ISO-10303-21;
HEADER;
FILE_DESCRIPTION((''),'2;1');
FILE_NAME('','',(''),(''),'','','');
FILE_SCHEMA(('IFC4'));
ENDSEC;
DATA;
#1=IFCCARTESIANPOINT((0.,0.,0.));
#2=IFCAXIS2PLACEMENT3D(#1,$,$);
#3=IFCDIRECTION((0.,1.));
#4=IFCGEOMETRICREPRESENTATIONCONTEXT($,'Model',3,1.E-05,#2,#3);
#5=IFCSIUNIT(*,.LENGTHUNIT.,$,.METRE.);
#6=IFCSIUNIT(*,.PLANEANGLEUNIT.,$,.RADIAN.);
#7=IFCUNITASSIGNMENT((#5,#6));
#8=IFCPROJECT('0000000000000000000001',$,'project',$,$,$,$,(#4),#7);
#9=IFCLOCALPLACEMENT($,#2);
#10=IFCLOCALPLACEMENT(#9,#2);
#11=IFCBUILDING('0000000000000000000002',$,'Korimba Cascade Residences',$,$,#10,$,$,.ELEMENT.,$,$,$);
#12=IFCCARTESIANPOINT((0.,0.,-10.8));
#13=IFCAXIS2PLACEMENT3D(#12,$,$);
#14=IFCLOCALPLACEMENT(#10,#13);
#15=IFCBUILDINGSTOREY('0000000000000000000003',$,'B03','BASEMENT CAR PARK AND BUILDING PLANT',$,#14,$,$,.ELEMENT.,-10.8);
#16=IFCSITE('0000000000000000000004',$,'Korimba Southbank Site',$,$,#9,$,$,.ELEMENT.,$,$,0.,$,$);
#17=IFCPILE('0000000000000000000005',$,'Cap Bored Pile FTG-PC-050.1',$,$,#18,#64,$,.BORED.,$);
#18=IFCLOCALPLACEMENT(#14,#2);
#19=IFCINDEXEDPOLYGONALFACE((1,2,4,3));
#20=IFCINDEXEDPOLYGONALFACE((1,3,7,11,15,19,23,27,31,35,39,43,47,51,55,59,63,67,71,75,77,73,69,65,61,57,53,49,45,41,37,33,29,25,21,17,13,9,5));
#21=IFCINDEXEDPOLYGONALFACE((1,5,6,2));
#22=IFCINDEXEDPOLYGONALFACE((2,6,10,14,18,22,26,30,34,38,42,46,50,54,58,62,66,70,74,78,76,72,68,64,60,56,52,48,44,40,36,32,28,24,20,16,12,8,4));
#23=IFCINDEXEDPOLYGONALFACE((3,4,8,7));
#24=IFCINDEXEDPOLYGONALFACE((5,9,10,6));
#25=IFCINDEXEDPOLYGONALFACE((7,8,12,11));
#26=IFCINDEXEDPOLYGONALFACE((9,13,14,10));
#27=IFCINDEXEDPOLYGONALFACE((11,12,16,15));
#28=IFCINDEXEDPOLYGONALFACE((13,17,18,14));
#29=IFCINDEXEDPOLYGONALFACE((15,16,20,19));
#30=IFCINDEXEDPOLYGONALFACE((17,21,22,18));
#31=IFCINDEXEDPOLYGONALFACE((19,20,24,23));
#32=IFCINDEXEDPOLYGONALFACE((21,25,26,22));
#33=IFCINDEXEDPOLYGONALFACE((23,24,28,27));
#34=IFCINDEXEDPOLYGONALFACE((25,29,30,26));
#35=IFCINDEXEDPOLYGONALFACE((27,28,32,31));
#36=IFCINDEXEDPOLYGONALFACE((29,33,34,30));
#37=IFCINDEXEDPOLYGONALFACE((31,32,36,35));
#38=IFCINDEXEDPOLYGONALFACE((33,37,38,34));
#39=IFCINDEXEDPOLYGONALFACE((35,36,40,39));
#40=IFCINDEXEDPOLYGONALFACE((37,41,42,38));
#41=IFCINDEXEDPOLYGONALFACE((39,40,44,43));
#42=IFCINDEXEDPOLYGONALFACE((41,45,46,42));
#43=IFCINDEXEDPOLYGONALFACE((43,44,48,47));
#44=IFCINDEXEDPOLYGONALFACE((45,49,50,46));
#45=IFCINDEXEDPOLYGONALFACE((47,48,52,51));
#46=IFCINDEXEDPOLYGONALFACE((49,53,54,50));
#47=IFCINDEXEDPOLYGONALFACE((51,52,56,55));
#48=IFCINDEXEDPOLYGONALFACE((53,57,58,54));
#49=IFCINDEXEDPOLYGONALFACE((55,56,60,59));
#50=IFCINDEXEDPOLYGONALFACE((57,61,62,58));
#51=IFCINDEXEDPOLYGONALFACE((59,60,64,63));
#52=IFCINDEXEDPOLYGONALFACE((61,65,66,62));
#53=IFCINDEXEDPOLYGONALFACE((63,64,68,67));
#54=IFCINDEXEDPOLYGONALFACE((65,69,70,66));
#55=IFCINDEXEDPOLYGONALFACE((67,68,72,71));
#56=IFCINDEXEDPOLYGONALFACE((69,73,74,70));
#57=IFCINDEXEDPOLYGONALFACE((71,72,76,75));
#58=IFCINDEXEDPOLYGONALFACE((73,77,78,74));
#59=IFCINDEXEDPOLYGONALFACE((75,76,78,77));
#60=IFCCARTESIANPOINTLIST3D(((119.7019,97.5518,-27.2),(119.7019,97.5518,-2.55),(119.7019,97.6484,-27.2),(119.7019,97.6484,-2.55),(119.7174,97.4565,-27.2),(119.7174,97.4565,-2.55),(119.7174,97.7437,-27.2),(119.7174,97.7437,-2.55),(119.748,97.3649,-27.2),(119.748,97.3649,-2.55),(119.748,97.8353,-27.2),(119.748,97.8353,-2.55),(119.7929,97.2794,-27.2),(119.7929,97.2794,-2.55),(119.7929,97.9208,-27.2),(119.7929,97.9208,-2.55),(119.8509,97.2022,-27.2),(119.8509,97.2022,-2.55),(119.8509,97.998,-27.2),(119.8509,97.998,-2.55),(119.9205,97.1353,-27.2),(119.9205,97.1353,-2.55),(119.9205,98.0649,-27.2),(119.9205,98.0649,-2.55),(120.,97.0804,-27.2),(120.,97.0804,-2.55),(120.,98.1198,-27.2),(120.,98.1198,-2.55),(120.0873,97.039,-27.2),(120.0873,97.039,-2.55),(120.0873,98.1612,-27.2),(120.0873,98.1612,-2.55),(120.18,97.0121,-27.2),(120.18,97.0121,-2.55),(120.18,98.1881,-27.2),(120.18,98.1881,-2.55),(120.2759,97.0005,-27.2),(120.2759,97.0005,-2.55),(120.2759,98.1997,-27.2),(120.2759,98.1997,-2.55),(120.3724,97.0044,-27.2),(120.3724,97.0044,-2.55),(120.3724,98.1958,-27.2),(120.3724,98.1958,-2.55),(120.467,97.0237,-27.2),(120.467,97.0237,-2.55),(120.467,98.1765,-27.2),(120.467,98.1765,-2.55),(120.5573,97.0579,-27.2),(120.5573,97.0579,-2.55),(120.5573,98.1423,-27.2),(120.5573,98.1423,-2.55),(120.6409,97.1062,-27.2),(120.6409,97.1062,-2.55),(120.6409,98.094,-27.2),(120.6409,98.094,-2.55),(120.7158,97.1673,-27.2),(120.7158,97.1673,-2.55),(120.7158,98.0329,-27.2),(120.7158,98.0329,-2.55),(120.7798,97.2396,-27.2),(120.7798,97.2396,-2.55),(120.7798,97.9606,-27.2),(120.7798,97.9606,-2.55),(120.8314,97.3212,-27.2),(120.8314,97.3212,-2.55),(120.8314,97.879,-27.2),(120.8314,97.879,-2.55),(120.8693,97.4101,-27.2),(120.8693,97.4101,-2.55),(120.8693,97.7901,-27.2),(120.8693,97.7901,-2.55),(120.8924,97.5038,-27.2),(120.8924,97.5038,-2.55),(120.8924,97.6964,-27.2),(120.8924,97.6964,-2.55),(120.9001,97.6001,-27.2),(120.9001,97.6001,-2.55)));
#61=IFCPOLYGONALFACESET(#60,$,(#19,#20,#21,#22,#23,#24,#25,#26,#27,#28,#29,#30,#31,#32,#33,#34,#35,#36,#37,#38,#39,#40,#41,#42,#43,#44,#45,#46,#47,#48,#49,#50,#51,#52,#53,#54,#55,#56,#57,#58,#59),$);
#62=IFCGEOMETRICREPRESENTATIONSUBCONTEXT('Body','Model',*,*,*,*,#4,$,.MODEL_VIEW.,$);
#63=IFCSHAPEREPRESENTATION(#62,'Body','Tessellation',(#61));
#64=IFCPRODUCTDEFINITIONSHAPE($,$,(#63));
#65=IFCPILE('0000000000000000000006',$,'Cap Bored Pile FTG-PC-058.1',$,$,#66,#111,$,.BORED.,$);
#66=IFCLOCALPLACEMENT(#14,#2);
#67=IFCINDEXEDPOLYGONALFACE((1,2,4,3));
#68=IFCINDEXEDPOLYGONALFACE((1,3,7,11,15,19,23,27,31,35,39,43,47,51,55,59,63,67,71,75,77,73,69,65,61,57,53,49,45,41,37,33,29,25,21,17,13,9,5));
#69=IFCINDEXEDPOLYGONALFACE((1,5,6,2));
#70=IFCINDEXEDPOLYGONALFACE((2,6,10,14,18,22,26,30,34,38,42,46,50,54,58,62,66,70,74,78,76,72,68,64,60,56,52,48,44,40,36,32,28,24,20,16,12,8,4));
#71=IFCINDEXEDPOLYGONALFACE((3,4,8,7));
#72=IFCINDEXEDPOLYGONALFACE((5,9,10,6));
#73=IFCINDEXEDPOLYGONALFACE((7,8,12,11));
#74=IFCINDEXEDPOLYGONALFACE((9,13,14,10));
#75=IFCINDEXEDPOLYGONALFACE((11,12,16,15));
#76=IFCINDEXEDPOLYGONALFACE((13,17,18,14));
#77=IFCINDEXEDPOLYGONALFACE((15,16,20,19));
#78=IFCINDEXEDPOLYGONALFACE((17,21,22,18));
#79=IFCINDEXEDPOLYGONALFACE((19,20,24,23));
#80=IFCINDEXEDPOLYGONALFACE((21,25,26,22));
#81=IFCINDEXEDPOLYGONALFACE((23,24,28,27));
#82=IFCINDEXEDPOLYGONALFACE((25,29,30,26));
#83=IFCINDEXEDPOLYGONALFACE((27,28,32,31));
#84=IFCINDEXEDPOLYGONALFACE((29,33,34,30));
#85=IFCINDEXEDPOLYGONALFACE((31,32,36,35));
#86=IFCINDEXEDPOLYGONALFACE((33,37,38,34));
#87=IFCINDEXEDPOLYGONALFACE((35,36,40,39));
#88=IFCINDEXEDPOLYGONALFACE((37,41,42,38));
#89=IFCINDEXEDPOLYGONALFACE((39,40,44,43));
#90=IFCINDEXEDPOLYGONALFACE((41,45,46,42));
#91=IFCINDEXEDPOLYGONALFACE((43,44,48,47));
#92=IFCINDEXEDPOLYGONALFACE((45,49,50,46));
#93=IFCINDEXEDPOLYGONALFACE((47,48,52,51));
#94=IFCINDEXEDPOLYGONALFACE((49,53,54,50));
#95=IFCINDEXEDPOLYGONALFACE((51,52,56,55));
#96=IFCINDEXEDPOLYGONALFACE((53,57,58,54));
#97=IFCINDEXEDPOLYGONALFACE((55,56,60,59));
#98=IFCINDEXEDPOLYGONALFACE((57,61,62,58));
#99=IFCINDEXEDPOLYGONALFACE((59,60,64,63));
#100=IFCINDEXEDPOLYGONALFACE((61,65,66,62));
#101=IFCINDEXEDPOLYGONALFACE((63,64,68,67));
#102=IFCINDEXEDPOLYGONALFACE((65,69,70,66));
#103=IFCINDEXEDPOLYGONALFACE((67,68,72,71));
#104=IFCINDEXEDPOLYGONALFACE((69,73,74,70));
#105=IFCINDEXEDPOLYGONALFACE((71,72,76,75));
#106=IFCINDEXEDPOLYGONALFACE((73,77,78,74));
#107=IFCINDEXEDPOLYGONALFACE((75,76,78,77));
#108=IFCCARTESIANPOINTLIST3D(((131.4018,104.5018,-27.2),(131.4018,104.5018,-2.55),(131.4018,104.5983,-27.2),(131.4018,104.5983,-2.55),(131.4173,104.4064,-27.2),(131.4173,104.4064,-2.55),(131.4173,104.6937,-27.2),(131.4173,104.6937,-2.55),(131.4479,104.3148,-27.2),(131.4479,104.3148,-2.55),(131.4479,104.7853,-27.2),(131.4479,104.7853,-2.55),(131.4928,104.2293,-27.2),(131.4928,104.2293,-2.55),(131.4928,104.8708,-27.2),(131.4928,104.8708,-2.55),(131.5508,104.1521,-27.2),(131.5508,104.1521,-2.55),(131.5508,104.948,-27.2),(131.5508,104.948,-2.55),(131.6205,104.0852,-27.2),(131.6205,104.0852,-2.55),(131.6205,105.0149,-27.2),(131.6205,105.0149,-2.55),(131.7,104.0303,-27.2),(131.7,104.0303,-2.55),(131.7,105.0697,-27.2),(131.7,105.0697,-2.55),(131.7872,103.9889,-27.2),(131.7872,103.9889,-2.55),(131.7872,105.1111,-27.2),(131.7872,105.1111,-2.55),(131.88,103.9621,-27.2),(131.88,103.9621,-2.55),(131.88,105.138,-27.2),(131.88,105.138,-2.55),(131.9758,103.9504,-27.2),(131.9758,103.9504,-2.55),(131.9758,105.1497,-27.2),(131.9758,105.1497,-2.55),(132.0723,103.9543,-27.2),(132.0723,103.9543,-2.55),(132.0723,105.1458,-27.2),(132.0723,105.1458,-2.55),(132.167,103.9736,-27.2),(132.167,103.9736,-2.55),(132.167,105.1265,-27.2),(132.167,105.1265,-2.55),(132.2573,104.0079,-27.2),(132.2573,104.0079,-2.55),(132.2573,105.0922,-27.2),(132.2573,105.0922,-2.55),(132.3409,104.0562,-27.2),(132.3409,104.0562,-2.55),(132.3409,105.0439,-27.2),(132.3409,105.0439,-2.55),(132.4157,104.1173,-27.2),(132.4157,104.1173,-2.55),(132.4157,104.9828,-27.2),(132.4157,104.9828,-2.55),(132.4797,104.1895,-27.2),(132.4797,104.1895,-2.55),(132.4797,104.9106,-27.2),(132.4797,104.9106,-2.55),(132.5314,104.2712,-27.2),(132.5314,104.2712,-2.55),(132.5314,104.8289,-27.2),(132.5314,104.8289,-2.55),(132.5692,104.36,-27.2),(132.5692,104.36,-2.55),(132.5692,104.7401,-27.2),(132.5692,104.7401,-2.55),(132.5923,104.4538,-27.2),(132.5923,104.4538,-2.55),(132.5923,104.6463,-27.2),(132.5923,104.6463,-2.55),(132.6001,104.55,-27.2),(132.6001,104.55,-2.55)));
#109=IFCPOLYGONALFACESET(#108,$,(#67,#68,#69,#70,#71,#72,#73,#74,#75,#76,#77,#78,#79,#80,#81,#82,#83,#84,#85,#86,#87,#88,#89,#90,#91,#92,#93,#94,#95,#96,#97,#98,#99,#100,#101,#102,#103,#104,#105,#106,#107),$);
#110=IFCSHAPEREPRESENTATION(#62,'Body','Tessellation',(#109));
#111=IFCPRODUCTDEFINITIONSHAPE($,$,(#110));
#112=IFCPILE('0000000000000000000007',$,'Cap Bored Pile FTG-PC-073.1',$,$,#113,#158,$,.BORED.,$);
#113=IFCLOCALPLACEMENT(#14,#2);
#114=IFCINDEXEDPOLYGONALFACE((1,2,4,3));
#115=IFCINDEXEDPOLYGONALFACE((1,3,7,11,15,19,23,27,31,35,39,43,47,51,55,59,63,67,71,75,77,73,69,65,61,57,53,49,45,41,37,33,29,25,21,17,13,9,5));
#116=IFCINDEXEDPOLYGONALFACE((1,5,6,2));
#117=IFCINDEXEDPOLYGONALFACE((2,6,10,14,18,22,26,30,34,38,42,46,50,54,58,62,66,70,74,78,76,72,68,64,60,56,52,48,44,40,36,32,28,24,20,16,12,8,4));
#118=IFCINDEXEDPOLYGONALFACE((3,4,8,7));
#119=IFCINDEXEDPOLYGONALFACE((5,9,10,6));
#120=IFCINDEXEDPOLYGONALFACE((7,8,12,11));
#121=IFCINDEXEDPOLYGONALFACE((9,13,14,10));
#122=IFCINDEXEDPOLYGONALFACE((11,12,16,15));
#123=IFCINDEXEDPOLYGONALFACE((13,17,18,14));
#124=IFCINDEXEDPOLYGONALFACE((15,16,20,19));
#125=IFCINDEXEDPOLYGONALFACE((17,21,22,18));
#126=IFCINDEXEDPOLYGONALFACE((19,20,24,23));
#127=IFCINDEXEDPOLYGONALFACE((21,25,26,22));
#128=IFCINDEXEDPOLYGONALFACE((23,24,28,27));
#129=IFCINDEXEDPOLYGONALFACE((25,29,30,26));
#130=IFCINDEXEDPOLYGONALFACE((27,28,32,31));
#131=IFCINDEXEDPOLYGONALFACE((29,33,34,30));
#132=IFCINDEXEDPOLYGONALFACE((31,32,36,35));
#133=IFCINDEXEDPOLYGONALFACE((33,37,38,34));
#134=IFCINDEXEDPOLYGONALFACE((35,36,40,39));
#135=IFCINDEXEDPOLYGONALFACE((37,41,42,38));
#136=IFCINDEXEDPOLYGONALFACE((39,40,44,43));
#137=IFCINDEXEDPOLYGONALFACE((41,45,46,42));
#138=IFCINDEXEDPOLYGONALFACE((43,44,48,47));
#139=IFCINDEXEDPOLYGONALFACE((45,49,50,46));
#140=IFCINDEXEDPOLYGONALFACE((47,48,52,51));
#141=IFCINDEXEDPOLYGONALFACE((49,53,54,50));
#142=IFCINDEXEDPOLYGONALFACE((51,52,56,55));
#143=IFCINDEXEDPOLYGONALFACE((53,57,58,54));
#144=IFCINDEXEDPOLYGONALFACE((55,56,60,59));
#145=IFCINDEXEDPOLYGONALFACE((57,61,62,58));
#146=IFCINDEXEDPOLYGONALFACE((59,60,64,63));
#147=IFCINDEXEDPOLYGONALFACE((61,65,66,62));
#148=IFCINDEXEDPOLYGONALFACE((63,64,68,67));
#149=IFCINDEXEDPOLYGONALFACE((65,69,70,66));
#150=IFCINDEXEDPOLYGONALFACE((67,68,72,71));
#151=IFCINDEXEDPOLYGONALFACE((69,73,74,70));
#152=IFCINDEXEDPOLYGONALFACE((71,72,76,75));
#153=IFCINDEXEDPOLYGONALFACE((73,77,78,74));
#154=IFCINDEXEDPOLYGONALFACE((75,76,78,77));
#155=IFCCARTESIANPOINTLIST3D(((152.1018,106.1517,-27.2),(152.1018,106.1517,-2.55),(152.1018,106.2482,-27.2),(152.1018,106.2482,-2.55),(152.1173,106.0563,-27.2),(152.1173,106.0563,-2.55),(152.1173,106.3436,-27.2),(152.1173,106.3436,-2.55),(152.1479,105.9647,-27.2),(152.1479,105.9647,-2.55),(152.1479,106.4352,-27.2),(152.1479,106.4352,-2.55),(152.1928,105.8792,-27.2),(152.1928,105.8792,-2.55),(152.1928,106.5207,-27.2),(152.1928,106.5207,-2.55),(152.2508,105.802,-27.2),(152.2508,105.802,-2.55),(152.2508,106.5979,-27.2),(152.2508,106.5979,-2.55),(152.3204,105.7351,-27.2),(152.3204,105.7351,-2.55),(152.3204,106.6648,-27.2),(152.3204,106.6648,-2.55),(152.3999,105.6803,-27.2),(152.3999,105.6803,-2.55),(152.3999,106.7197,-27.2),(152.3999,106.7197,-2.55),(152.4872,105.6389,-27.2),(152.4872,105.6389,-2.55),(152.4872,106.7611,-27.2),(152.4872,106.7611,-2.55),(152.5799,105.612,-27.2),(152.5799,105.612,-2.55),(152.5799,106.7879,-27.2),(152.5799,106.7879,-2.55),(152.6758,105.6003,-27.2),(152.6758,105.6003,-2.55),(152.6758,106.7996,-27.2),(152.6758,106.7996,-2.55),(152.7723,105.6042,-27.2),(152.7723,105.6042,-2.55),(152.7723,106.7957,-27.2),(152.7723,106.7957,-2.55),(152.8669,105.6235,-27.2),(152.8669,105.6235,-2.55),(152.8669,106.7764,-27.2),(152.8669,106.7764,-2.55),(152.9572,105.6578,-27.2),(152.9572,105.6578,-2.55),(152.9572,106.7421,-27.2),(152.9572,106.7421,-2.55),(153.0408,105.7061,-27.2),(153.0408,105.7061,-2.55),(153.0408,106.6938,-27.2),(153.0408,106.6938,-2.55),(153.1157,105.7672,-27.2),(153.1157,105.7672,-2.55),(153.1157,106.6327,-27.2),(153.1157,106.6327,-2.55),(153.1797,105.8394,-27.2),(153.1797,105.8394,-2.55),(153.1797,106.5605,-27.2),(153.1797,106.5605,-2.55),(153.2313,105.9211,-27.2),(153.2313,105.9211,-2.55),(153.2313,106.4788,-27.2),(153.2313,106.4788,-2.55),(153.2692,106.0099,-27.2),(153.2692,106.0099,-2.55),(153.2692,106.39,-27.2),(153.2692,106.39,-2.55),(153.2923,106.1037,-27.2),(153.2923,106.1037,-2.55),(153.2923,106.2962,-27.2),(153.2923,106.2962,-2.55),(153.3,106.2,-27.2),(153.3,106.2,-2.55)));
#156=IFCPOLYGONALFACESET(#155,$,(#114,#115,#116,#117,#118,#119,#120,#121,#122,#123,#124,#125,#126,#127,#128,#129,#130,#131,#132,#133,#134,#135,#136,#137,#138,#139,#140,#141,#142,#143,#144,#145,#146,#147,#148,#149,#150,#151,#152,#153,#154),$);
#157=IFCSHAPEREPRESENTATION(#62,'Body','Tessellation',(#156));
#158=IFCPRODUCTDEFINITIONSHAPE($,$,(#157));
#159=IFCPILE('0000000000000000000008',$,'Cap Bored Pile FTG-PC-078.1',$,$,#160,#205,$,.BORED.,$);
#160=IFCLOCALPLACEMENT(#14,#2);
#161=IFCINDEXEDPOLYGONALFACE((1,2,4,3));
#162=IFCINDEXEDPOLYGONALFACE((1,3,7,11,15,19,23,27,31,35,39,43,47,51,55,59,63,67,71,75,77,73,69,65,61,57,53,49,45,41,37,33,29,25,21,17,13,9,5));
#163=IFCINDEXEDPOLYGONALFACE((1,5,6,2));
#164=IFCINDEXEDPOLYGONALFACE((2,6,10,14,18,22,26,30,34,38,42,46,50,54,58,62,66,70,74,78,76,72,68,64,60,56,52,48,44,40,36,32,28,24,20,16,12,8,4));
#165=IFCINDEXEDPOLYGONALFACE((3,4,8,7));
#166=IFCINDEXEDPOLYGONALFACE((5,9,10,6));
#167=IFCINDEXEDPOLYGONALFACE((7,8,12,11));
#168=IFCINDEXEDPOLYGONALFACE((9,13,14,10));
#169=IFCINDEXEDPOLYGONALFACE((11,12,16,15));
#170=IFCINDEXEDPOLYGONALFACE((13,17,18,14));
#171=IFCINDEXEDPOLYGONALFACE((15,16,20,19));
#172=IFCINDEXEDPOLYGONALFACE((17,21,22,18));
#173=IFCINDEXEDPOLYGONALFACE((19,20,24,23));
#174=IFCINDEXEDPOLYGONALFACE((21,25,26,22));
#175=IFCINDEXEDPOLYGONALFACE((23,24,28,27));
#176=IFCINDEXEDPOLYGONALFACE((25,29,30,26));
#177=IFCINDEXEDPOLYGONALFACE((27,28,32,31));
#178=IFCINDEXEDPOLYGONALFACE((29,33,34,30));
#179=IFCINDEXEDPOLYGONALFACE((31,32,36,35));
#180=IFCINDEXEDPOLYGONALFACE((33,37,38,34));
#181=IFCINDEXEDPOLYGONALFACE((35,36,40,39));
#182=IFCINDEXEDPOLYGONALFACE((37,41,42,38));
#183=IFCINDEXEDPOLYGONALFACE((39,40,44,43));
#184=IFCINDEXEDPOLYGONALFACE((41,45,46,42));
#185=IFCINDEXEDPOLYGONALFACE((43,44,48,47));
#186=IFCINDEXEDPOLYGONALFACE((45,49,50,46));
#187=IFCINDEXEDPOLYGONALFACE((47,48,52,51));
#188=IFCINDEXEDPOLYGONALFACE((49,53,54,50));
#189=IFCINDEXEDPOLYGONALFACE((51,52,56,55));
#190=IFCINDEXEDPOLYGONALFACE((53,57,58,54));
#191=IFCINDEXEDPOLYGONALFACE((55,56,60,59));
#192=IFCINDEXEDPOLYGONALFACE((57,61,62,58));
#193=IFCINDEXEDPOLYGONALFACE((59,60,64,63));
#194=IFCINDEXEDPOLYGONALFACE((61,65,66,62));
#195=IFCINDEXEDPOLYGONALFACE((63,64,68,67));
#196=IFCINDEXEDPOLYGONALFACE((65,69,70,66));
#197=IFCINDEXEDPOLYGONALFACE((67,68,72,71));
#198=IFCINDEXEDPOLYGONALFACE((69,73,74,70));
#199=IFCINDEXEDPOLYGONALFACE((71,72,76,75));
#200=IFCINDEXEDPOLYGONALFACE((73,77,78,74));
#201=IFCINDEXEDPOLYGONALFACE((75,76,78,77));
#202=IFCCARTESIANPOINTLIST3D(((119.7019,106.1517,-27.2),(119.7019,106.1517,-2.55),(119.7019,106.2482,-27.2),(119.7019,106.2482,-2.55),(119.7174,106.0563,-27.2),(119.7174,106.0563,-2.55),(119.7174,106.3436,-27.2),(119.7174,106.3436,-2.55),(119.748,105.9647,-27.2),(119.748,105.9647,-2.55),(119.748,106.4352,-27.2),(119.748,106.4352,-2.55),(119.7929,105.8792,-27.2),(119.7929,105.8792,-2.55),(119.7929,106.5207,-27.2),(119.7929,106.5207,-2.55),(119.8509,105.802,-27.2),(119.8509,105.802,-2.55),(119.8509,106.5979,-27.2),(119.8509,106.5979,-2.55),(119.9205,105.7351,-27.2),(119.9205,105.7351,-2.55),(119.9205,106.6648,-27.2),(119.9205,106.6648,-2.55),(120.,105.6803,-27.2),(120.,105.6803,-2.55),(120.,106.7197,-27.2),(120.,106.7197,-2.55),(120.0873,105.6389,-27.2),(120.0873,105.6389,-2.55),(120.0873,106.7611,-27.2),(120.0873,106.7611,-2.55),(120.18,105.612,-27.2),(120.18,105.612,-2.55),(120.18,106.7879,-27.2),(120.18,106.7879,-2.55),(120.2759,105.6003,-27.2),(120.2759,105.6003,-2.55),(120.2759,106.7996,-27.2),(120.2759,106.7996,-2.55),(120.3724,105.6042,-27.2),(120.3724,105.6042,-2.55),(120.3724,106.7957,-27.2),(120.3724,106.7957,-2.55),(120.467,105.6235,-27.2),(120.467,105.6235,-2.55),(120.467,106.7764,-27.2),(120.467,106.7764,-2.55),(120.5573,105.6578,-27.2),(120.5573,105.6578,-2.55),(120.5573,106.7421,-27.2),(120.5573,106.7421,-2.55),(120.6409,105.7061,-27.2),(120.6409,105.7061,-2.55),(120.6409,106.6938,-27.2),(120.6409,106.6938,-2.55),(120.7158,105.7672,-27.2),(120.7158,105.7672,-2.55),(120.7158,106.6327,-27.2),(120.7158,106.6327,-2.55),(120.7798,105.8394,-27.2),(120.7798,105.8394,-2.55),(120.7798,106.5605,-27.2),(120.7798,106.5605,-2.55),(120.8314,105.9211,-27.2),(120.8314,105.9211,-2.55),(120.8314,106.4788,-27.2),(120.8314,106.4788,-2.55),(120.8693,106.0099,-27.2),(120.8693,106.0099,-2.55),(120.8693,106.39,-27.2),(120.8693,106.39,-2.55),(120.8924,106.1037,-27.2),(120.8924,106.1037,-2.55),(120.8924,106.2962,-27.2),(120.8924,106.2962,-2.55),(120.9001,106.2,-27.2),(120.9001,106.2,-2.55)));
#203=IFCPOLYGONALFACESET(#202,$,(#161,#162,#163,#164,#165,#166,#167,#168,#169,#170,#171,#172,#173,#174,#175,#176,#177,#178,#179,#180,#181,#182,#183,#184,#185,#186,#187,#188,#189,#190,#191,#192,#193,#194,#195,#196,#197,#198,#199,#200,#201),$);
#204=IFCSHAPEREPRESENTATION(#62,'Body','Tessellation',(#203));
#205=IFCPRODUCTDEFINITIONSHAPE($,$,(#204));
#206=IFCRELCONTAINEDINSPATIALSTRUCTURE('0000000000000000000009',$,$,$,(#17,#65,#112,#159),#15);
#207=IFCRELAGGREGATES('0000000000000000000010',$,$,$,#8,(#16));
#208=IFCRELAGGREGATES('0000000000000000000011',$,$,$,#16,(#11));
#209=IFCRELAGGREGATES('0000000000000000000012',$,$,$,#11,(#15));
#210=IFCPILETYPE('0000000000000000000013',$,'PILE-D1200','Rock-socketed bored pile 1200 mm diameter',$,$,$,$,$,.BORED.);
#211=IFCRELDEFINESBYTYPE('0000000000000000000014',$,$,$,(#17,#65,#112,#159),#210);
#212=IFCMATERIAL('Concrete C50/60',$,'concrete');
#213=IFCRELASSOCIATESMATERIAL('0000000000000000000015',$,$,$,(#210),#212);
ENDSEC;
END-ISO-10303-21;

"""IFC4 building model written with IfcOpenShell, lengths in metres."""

from ifc_helpers import new_model, si_unit, direction, frame, origin, origin_2d, place, context, subcontext, project, spatial, circle, extrude, material, material_profile, profile_set, type_object, element, save


model = new_model("IFC4")

# Units and contexts
model_context = context("Model", 3, precision=1e-05, world=origin(), true_north=direction((0.0, 1.0)))
body_context = subcontext(model_context, "Body", "Model", "MODEL_VIEW")
ifc_project = project(units=[si_unit("LENGTHUNIT", "METRE"), si_unit("PLANEANGLEUNIT", "RADIAN")], contexts=[model_context])

# Site, building, storey
site_placement = place(None, origin())
site = spatial("IfcSite", under=ifc_project, at=site_placement, Name="Korimba Southbank Site", CompositionType="ELEMENT", RefElevation=0.0)
building_placement = place(site_placement, origin())
building = spatial("IfcBuilding", under=site, at=building_placement, Name="Korimba Cascade Residences", CompositionType="ELEMENT")
storey_placement = place(building_placement, frame((0.0, 0.0, -10.8)))
storey = spatial("IfcBuildingStorey", under=building, at=storey_placement, Name="B03", Description="BASEMENT CAR PARK AND BUILDING PLANT", CompositionType="ELEMENT", Elevation=-10.8)

# Piles
ifc_material_1 = material(Name="Concrete C50/60", Category="concrete")
ifc_material_profile_1 = material_profile(ifc_material_1, circle(Radius=0.6001, at=origin_2d()), Name="Concrete C50/60")
ifc_profile_set_1 = profile_set([ifc_material_profile_1], Name="Concrete C50/60")
pile_type = type_object("IfcPileType", Name="PILE-D1200", Description="Rock-socketed bored pile 1200 mm diameter", PredefinedType="BORED", material=ifc_profile_set_1)
for number, where, z_axis, x_axis, name in (
    (1, (120.3, 97.6001, -2.55), (0.0, 0.0, -1.0), (1.0, 0.0, 0.0), "Cap Bored Pile FTG-PC-050.1"),
    (2, (132.0, 104.55, -2.55), (0.0, 0.0, -1.0), (1.0, 0.0, 0.0), "Cap Bored Pile FTG-PC-058.1"),
    (3, (152.7, 106.2, -2.55), (0.0, 0.0, -1.0), (1.0, 0.0, 0.0), "Cap Bored Pile FTG-PC-073.1"),
    (4, (120.3, 106.2, -2.55), (0.0, 0.0, -1.0), (1.0, 0.0, 0.0), "Cap Bored Pile FTG-PC-078.1"),
):
    element("IfcPile", number, at=place(storey_placement, frame(where, z_axis=z_axis, x_axis=x_axis)), inside=storey, type_object=pile_type, Name=name, PredefinedType="BORED", context=body_context, shape_type="SweptSolid", body=[
        extrude(circle(Radius=0.6001, at=origin_2d()), origin(), (0.0, 0.0, 1.0), 24.6499),
    ])

save(model, "model.ifc")
